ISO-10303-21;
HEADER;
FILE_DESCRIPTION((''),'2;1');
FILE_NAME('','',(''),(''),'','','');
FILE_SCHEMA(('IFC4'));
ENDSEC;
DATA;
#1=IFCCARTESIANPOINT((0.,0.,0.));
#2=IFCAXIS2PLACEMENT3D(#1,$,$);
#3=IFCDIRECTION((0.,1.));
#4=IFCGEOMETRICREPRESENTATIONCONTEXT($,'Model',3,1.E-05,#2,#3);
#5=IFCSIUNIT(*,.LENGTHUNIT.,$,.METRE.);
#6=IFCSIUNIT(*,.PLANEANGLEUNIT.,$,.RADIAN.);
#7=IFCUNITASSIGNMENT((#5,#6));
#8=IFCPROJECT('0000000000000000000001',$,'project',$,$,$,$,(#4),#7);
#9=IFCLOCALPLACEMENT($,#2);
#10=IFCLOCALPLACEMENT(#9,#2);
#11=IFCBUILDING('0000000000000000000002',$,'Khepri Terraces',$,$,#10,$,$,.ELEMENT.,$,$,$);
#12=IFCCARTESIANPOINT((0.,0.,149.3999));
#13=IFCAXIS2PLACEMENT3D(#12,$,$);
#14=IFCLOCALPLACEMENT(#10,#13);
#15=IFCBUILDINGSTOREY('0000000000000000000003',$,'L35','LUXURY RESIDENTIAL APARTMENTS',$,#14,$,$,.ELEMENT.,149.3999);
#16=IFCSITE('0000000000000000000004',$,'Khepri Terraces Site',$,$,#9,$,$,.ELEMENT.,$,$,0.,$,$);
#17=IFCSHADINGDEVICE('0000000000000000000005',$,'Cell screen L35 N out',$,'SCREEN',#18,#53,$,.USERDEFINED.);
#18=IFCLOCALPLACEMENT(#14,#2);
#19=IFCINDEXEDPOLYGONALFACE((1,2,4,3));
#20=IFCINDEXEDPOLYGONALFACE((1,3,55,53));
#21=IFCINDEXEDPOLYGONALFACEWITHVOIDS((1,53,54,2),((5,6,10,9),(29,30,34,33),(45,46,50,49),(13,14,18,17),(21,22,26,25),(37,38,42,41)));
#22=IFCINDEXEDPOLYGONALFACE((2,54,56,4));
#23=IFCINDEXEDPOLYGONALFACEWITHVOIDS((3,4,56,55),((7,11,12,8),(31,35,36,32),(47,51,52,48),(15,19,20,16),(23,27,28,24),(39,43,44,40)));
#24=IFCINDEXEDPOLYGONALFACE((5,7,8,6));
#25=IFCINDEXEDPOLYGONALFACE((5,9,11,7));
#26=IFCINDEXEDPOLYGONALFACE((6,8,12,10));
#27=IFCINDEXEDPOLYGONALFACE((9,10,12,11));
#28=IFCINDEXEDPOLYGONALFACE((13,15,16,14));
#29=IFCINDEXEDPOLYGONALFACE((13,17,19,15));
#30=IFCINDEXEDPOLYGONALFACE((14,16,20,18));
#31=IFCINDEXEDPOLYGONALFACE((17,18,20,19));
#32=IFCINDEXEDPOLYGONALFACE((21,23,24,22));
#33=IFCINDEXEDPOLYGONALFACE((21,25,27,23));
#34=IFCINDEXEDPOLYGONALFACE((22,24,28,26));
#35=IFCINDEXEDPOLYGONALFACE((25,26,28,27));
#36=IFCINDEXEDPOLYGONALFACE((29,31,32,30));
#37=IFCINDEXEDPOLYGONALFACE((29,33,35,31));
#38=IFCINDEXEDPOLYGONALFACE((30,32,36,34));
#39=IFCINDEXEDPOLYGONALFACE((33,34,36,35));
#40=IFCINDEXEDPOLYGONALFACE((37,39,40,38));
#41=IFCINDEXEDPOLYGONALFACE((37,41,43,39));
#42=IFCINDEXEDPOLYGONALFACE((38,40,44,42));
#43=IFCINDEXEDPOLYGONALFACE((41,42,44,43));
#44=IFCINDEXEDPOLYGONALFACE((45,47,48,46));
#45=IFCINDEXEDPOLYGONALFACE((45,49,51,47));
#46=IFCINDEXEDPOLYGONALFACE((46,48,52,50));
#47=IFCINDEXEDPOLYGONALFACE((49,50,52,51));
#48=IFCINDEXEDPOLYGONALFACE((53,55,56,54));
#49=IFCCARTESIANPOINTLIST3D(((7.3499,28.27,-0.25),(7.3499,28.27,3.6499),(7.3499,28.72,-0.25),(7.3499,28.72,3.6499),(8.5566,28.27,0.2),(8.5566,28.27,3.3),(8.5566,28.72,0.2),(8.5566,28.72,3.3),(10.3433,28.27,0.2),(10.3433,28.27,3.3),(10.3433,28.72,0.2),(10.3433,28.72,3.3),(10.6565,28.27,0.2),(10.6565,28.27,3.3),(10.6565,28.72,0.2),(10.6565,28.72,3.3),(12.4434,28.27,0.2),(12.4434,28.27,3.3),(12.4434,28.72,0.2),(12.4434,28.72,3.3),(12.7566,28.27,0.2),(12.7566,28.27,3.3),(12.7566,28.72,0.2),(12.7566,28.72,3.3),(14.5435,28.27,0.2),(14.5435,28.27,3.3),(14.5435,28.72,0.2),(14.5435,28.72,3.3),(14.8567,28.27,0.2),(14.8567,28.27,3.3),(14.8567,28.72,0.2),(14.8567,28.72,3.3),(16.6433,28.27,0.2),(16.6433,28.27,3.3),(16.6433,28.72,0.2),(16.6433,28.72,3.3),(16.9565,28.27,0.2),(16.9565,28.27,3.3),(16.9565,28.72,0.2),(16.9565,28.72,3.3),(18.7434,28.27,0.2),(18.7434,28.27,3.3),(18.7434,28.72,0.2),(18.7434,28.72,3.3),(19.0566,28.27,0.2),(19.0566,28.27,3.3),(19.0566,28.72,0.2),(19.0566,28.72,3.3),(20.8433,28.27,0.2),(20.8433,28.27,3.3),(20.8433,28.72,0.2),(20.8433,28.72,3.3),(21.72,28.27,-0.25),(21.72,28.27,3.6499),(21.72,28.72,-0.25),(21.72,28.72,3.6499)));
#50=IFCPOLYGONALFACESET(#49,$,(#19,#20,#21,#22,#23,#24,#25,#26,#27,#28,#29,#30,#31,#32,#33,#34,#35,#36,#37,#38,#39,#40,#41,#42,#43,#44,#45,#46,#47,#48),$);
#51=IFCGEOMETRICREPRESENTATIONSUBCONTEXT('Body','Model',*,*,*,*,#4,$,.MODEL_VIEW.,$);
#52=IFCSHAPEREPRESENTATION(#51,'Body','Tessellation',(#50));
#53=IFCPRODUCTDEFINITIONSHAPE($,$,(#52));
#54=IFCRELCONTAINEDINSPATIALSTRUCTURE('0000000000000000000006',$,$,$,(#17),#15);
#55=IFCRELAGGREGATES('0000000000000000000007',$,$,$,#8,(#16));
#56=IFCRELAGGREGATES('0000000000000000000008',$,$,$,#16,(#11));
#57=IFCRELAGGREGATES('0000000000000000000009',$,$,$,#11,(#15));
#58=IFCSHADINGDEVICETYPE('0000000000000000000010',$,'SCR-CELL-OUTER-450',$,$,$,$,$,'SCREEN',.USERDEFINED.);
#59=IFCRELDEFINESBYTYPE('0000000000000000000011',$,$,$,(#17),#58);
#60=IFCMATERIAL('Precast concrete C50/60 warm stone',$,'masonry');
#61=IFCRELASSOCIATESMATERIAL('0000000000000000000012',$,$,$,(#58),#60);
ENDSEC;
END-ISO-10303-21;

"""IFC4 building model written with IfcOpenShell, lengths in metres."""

from ifc_helpers import new_model, si_unit, direction, frame, origin, place, context, subcontext, project, spatial, polyline, outline, extrude, material, type_object, element, save


model = new_model("IFC4")

# Units and contexts
model_context = context("Model", 3, precision=1e-05, world=origin(), true_north=direction((0.0, 1.0)))
body_context = subcontext(model_context, "Body", "Model", "MODEL_VIEW")
ifc_project = project(units=[si_unit("LENGTHUNIT", "METRE"), si_unit("PLANEANGLEUNIT", "RADIAN")], contexts=[model_context])

# Site, building, storey
site_placement = place(None, origin())
site = spatial("IfcSite", under=ifc_project, at=site_placement, Name="Khepri Terraces Site", CompositionType="ELEMENT", RefElevation=0.0)
building_placement = place(site_placement, origin())
building = spatial("IfcBuilding", under=site, at=building_placement, Name="Khepri Terraces", CompositionType="ELEMENT")
storey_placement = place(building_placement, frame((0.0, 0.0, 149.3999)))
storey = spatial("IfcBuildingStorey", under=building, at=storey_placement, Name="L35", Description="LUXURY RESIDENTIAL APARTMENTS", CompositionType="ELEMENT", Elevation=149.3999)

# Shared definitions
ifc_material_1 = material(Name="Precast concrete C50/60 warm stone", Category="masonry")

# Shading device
shading_device_type_1 = type_object("IfcShadingDeviceType", Name="SCR-CELL-OUTER-450", ElementType="SCREEN", PredefinedType="USERDEFINED", material=ifc_material_1)
shading_device_1_placement = place(storey_placement, frame((21.72, 28.27, -0.25), z_axis=(0.0, 1.0, 0.0), x_axis=(-1.0, 0.0, 0.0)))
element("IfcShadingDevice", 1, at=shading_device_1_placement, inside=storey, type_object=shading_device_type_1, Name="Cell screen L35 N out", ObjectType="SCREEN", PredefinedType="USERDEFINED", context=body_context, shape_type="SweptSolid", body=[
    extrude(outline(polyline([(0.0, 0.0), (14.3701, 0.0), (14.3701, 3.8999), (0.0, 3.8999), (0.0, 0.0)]), holes=[polyline([(0.8767, 0.45), (2.6633, 0.45), (2.6633, 3.55), (0.8767, 3.55), (0.8767, 0.45)]), polyline([(2.9766, 0.45), (4.7634, 0.45), (4.7634, 3.55), (2.9766, 3.55), (2.9766, 0.45)]), polyline([(5.0767, 0.45), (6.8633, 0.45), (6.8633, 3.55), (5.0767, 3.55), (5.0767, 0.45)]), polyline([(7.1765, 0.45), (8.9634, 0.45), (8.9634, 3.55), (7.1765, 3.55), (7.1765, 0.45)]), polyline([(9.2766, 0.45), (11.0635, 0.45), (11.0635, 3.55), (9.2766, 3.55), (9.2766, 0.45)]), polyline([(11.3767, 0.45), (13.1633, 0.45), (13.1633, 3.55), (11.3767, 3.55), (11.3767, 0.45)])]), origin(), (0.0, 0.0, 1.0), 0.45),
])

save(model, "model.ifc")
